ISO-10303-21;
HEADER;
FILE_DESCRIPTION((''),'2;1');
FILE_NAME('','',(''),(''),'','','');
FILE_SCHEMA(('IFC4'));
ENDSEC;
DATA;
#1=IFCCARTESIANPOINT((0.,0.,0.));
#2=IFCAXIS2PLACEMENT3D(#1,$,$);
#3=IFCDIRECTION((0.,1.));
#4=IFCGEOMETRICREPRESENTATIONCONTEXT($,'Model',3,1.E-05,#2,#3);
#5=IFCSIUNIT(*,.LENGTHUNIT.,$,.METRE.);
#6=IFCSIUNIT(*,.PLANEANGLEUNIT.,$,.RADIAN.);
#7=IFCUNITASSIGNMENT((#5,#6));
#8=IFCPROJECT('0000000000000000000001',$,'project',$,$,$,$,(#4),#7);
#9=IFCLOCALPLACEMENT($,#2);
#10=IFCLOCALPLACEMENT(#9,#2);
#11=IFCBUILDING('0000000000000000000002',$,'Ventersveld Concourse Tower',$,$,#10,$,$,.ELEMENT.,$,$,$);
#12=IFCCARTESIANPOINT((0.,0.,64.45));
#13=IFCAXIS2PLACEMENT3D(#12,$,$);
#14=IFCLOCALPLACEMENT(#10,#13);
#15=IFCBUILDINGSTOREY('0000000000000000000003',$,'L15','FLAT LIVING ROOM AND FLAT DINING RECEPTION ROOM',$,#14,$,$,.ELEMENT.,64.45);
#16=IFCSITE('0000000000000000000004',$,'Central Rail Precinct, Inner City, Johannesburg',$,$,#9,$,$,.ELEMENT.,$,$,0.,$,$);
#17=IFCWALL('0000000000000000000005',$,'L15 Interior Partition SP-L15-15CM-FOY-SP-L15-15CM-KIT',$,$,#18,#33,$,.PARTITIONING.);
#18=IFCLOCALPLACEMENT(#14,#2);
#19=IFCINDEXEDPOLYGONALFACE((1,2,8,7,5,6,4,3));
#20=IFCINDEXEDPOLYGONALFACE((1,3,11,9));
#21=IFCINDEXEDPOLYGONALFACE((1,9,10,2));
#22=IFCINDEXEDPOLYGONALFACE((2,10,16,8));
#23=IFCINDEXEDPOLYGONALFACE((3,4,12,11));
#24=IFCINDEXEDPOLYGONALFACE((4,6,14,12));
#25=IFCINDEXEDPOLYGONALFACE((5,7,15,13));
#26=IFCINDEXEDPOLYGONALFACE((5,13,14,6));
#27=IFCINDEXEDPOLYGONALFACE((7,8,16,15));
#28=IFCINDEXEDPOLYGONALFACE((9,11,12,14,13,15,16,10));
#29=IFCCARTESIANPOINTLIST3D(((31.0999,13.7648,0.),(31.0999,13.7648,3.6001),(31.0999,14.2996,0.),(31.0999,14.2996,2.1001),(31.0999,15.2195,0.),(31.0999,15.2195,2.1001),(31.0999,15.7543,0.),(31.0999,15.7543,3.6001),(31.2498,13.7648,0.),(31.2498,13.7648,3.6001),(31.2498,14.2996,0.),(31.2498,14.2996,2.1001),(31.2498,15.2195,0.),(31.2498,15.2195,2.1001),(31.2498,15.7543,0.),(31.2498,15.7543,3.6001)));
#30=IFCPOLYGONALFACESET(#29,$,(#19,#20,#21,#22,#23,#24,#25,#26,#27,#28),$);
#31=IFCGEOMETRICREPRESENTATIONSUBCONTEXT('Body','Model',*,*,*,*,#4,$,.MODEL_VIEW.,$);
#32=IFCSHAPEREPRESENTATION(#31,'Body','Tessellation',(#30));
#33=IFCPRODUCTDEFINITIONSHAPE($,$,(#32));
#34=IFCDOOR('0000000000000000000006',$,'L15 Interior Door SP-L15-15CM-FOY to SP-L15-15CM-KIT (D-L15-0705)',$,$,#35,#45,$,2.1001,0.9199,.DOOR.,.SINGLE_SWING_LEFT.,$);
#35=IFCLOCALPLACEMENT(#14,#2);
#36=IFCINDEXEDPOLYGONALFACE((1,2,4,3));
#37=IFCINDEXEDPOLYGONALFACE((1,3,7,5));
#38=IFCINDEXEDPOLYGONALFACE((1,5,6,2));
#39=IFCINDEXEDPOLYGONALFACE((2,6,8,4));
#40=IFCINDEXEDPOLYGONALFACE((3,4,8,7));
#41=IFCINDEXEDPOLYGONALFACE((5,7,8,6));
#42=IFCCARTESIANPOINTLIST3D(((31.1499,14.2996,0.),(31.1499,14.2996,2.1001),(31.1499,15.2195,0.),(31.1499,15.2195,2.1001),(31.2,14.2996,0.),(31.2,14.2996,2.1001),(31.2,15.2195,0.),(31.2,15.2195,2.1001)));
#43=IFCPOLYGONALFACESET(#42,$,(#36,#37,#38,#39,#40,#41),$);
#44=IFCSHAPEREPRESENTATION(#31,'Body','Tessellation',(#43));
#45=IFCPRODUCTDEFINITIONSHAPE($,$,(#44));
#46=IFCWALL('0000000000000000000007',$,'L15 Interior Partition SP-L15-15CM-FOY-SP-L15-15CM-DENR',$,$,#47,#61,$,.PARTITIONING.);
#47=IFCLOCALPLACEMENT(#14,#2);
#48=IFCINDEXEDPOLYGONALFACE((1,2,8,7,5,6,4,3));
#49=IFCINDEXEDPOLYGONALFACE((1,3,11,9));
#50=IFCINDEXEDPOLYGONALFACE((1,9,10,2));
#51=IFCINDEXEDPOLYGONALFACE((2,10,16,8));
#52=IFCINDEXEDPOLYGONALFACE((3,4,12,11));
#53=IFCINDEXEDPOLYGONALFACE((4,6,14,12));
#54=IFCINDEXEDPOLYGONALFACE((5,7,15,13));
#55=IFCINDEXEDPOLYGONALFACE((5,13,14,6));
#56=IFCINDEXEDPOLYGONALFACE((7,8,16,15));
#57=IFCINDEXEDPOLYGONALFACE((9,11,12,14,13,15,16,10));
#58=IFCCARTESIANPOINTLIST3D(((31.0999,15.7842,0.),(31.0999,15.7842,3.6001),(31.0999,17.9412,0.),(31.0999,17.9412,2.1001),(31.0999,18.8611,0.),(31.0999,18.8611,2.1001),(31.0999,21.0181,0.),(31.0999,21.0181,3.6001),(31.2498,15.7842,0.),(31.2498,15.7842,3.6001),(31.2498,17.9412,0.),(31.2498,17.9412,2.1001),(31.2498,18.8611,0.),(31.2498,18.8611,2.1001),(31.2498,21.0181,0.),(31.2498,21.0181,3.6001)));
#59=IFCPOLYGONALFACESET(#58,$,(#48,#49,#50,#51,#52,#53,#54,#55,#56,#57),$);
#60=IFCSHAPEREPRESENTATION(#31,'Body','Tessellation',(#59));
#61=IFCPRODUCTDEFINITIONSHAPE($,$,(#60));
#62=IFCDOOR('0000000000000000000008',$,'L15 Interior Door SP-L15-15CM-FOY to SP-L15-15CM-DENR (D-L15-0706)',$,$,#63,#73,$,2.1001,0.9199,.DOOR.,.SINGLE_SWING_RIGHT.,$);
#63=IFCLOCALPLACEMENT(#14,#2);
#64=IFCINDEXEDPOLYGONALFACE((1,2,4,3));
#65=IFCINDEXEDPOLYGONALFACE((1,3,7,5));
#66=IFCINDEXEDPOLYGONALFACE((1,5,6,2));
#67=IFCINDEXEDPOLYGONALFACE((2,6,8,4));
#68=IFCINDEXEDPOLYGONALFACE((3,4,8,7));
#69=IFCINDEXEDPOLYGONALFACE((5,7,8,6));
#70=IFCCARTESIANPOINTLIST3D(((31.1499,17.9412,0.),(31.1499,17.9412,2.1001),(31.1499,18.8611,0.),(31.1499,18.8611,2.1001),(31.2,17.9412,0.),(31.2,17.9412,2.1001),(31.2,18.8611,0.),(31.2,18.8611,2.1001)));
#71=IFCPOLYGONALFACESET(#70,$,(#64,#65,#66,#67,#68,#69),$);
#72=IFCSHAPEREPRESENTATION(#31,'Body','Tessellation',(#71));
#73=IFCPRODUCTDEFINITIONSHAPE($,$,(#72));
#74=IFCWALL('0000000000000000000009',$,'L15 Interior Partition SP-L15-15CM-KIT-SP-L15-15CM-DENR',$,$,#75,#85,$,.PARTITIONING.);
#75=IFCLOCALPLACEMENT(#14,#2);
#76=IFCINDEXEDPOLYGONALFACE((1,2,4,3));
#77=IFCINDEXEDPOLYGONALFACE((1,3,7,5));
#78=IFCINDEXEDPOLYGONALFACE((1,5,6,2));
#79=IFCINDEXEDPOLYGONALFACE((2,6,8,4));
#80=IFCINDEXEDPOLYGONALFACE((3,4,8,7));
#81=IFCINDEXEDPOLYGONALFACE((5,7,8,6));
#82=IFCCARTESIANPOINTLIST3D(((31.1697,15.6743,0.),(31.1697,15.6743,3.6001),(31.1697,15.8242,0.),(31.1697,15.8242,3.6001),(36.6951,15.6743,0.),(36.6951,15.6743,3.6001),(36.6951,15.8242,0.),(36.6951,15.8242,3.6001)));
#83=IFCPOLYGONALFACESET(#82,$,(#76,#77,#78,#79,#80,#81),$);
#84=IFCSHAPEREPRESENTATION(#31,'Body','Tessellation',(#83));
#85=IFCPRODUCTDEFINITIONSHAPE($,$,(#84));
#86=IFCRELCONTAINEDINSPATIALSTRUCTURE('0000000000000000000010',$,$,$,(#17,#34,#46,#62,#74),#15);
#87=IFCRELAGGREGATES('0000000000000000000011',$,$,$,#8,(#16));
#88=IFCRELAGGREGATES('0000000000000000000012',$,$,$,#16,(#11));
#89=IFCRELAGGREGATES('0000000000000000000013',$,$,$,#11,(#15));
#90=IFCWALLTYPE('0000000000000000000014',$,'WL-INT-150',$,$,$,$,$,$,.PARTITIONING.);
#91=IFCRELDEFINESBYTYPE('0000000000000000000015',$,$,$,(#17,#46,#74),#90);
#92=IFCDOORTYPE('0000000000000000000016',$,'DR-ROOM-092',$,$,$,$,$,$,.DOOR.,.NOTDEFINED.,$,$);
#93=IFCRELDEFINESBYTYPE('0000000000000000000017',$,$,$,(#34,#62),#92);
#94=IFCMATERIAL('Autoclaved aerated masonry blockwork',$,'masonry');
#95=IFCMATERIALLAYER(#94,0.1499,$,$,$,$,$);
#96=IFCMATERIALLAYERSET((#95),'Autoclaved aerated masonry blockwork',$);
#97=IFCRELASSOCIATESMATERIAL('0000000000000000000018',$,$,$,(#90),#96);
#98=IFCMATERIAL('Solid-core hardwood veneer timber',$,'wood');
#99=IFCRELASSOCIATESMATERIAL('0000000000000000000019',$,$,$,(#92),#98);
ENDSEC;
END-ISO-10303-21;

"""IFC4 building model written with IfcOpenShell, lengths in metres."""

from ifc_helpers import new_model, si_unit, direction, frame, frame_2d, origin, place, context, subcontext, project, spatial, rectangle, extrude, material, layer, layer_set, type_object, element, fill, save


model = new_model("IFC4")

# Units and contexts
model_context = context("Model", 3, precision=1e-05, world=origin(), true_north=direction((0.0, 1.0)))
body_context = subcontext(model_context, "Body", "Model", "MODEL_VIEW")
ifc_project = project(units=[si_unit("LENGTHUNIT", "METRE"), si_unit("PLANEANGLEUNIT", "RADIAN")], contexts=[model_context])

# Site, building, storey
site_placement = place(None, origin())
site = spatial("IfcSite", under=ifc_project, at=site_placement, Name="Central Rail Precinct, Inner City, Johannesburg", CompositionType="ELEMENT", RefElevation=0.0)
building_placement = place(site_placement, origin())
building = spatial("IfcBuilding", under=site, at=building_placement, Name="Ventersveld Concourse Tower", CompositionType="ELEMENT")
storey_placement = place(building_placement, frame((0.0, 0.0, 64.45)))
storey = spatial("IfcBuildingStorey", under=building, at=storey_placement, Name="L15", Description="FLAT LIVING ROOM AND FLAT DINING RECEPTION ROOM", CompositionType="ELEMENT", Elevation=64.45)

# Walls, openings, doors
ifc_material_1 = material(Name="Autoclaved aerated masonry blockwork", Category="masonry")
ifc_layer_1 = layer(ifc_material_1, 0.1499)
ifc_layer_set_1 = layer_set([ifc_layer_1], Name="Autoclaved aerated masonry blockwork")
wall_type_1 = type_object("IfcWallType", Name="WL-INT-150", PredefinedType="PARTITIONING", material=ifc_layer_set_1)
wall_1_placement = place(storey_placement, frame((31.1748, 13.7649, 0.0), z_axis=(0.0, 0.0, 1.0), x_axis=(0.0, 1.0, 0.0)))
wall_1 = element("IfcWall", 1, at=wall_1_placement, inside=storey, type_object=wall_type_1, Name="L15 Interior Partition SP-L15-15CM-FOY-SP-L15-15CM-KIT", PredefinedType="PARTITIONING", context=body_context, shape_type="SweptSolid", body=[
    extrude(rectangle(XDim=1.9895, YDim=0.1499, at=frame_2d((0.9946, 0.0))), origin(), (0.0, 0.0, 1.0), 3.6001),
])
opening_1_placement = place(wall_1_placement, frame((0.5347, 0.0, 0.0)))
opening_1 = element("IfcOpeningElement", 2, at=opening_1_placement, cuts=wall_1, PredefinedType="OPENING", context=body_context, shape_type="SweptSolid", body=[
    extrude(rectangle(XDim=0.9199, YDim=2.1001, at=frame_2d((0.46, 1.05))), frame((0.0, 0.085, 0.0), z_axis=(0.0, -1.0, 0.0), x_axis=(1.0, 0.0, 0.0)), (0.0, 0.0, 1.0), 0.1699),
])
ifc_material_2 = material(Name="Solid-core hardwood veneer timber", Category="wood")
door_type_1 = type_object("IfcDoorType", Name="DR-ROOM-092", OperationType="NOTDEFINED", PredefinedType="DOOR", material=ifc_material_2)
door_1_placement = place(opening_1_placement, origin())
door_1 = element("IfcDoor", 3, at=door_1_placement, inside=storey, type_object=door_type_1, Name="L15 Interior Door SP-L15-15CM-FOY to SP-L15-15CM-KIT (D-L15-0705)", OperationType="SINGLE_SWING_LEFT", OverallHeight=2.1001, OverallWidth=0.9199, PredefinedType="DOOR", context=body_context, shape_type="SweptSolid", body=[
    extrude(rectangle(XDim=0.9199, YDim=2.1001, at=frame_2d((0.46, 1.05))), frame((0.0, 0.0249, 0.0), z_axis=(0.0, -1.0, 0.0), x_axis=(1.0, 0.0, 0.0)), (0.0, 0.0, 1.0), 0.05),
])
fill(opening_1, door_1)
wall_2_placement = place(storey_placement, frame((31.1748, 15.7842, 0.0), z_axis=(0.0, 0.0, 1.0), x_axis=(0.0, 1.0, 0.0)))
wall_2 = element("IfcWall", 4, at=wall_2_placement, inside=storey, type_object=wall_type_1, Name="L15 Interior Partition SP-L15-15CM-FOY-SP-L15-15CM-DENR", PredefinedType="PARTITIONING", context=body_context, shape_type="SweptSolid", body=[
    extrude(rectangle(XDim=5.2339, YDim=0.1499, at=frame_2d((2.6169, 0.0))), origin(), (0.0, 0.0, 1.0), 3.6001),
])
opening_2_placement = place(wall_2_placement, frame((2.157, 0.0, 0.0)))
opening_2 = element("IfcOpeningElement", 5, at=opening_2_placement, cuts=wall_2, PredefinedType="OPENING", context=body_context, shape_type="SweptSolid", body=[
    extrude(rectangle(XDim=0.9199, YDim=2.1001, at=frame_2d((0.46, 1.05))), frame((0.0, 0.085, 0.0), z_axis=(0.0, -1.0, 0.0), x_axis=(1.0, 0.0, 0.0)), (0.0, 0.0, 1.0), 0.1699),
])
door_2_placement = place(opening_2_placement, origin())
door_2 = element("IfcDoor", 6, at=door_2_placement, inside=storey, type_object=door_type_1, Name="L15 Interior Door SP-L15-15CM-FOY to SP-L15-15CM-DENR (D-L15-0706)", OperationType="SINGLE_SWING_RIGHT", OverallHeight=2.1001, OverallWidth=0.9199, PredefinedType="DOOR", context=body_context, shape_type="SweptSolid", body=[
    extrude(rectangle(XDim=0.9199, YDim=2.1001, at=frame_2d((0.46, 1.05))), frame((0.0, 0.0249, 0.0), z_axis=(0.0, -1.0, 0.0), x_axis=(1.0, 0.0, 0.0)), (0.0, 0.0, 1.0), 0.05),
])
fill(opening_2, door_2)

# Wall
wall_3_placement = place(storey_placement, frame((31.1697, 15.7493, 0.0), z_axis=(0.0, 0.0, 1.0), x_axis=(1.0, 0.0, 0.0)))
element("IfcWall", 7, at=wall_3_placement, inside=storey, type_object=wall_type_1, Name="L15 Interior Partition SP-L15-15CM-KIT-SP-L15-15CM-DENR", PredefinedType="PARTITIONING", context=body_context, shape_type="SweptSolid", body=[
    extrude(rectangle(XDim=5.5254, YDim=0.1499, at=frame_2d((2.7627, 0.0))), origin(), (0.0, 0.0, 1.0), 3.6001),
])

save(model, "model.ifc")
